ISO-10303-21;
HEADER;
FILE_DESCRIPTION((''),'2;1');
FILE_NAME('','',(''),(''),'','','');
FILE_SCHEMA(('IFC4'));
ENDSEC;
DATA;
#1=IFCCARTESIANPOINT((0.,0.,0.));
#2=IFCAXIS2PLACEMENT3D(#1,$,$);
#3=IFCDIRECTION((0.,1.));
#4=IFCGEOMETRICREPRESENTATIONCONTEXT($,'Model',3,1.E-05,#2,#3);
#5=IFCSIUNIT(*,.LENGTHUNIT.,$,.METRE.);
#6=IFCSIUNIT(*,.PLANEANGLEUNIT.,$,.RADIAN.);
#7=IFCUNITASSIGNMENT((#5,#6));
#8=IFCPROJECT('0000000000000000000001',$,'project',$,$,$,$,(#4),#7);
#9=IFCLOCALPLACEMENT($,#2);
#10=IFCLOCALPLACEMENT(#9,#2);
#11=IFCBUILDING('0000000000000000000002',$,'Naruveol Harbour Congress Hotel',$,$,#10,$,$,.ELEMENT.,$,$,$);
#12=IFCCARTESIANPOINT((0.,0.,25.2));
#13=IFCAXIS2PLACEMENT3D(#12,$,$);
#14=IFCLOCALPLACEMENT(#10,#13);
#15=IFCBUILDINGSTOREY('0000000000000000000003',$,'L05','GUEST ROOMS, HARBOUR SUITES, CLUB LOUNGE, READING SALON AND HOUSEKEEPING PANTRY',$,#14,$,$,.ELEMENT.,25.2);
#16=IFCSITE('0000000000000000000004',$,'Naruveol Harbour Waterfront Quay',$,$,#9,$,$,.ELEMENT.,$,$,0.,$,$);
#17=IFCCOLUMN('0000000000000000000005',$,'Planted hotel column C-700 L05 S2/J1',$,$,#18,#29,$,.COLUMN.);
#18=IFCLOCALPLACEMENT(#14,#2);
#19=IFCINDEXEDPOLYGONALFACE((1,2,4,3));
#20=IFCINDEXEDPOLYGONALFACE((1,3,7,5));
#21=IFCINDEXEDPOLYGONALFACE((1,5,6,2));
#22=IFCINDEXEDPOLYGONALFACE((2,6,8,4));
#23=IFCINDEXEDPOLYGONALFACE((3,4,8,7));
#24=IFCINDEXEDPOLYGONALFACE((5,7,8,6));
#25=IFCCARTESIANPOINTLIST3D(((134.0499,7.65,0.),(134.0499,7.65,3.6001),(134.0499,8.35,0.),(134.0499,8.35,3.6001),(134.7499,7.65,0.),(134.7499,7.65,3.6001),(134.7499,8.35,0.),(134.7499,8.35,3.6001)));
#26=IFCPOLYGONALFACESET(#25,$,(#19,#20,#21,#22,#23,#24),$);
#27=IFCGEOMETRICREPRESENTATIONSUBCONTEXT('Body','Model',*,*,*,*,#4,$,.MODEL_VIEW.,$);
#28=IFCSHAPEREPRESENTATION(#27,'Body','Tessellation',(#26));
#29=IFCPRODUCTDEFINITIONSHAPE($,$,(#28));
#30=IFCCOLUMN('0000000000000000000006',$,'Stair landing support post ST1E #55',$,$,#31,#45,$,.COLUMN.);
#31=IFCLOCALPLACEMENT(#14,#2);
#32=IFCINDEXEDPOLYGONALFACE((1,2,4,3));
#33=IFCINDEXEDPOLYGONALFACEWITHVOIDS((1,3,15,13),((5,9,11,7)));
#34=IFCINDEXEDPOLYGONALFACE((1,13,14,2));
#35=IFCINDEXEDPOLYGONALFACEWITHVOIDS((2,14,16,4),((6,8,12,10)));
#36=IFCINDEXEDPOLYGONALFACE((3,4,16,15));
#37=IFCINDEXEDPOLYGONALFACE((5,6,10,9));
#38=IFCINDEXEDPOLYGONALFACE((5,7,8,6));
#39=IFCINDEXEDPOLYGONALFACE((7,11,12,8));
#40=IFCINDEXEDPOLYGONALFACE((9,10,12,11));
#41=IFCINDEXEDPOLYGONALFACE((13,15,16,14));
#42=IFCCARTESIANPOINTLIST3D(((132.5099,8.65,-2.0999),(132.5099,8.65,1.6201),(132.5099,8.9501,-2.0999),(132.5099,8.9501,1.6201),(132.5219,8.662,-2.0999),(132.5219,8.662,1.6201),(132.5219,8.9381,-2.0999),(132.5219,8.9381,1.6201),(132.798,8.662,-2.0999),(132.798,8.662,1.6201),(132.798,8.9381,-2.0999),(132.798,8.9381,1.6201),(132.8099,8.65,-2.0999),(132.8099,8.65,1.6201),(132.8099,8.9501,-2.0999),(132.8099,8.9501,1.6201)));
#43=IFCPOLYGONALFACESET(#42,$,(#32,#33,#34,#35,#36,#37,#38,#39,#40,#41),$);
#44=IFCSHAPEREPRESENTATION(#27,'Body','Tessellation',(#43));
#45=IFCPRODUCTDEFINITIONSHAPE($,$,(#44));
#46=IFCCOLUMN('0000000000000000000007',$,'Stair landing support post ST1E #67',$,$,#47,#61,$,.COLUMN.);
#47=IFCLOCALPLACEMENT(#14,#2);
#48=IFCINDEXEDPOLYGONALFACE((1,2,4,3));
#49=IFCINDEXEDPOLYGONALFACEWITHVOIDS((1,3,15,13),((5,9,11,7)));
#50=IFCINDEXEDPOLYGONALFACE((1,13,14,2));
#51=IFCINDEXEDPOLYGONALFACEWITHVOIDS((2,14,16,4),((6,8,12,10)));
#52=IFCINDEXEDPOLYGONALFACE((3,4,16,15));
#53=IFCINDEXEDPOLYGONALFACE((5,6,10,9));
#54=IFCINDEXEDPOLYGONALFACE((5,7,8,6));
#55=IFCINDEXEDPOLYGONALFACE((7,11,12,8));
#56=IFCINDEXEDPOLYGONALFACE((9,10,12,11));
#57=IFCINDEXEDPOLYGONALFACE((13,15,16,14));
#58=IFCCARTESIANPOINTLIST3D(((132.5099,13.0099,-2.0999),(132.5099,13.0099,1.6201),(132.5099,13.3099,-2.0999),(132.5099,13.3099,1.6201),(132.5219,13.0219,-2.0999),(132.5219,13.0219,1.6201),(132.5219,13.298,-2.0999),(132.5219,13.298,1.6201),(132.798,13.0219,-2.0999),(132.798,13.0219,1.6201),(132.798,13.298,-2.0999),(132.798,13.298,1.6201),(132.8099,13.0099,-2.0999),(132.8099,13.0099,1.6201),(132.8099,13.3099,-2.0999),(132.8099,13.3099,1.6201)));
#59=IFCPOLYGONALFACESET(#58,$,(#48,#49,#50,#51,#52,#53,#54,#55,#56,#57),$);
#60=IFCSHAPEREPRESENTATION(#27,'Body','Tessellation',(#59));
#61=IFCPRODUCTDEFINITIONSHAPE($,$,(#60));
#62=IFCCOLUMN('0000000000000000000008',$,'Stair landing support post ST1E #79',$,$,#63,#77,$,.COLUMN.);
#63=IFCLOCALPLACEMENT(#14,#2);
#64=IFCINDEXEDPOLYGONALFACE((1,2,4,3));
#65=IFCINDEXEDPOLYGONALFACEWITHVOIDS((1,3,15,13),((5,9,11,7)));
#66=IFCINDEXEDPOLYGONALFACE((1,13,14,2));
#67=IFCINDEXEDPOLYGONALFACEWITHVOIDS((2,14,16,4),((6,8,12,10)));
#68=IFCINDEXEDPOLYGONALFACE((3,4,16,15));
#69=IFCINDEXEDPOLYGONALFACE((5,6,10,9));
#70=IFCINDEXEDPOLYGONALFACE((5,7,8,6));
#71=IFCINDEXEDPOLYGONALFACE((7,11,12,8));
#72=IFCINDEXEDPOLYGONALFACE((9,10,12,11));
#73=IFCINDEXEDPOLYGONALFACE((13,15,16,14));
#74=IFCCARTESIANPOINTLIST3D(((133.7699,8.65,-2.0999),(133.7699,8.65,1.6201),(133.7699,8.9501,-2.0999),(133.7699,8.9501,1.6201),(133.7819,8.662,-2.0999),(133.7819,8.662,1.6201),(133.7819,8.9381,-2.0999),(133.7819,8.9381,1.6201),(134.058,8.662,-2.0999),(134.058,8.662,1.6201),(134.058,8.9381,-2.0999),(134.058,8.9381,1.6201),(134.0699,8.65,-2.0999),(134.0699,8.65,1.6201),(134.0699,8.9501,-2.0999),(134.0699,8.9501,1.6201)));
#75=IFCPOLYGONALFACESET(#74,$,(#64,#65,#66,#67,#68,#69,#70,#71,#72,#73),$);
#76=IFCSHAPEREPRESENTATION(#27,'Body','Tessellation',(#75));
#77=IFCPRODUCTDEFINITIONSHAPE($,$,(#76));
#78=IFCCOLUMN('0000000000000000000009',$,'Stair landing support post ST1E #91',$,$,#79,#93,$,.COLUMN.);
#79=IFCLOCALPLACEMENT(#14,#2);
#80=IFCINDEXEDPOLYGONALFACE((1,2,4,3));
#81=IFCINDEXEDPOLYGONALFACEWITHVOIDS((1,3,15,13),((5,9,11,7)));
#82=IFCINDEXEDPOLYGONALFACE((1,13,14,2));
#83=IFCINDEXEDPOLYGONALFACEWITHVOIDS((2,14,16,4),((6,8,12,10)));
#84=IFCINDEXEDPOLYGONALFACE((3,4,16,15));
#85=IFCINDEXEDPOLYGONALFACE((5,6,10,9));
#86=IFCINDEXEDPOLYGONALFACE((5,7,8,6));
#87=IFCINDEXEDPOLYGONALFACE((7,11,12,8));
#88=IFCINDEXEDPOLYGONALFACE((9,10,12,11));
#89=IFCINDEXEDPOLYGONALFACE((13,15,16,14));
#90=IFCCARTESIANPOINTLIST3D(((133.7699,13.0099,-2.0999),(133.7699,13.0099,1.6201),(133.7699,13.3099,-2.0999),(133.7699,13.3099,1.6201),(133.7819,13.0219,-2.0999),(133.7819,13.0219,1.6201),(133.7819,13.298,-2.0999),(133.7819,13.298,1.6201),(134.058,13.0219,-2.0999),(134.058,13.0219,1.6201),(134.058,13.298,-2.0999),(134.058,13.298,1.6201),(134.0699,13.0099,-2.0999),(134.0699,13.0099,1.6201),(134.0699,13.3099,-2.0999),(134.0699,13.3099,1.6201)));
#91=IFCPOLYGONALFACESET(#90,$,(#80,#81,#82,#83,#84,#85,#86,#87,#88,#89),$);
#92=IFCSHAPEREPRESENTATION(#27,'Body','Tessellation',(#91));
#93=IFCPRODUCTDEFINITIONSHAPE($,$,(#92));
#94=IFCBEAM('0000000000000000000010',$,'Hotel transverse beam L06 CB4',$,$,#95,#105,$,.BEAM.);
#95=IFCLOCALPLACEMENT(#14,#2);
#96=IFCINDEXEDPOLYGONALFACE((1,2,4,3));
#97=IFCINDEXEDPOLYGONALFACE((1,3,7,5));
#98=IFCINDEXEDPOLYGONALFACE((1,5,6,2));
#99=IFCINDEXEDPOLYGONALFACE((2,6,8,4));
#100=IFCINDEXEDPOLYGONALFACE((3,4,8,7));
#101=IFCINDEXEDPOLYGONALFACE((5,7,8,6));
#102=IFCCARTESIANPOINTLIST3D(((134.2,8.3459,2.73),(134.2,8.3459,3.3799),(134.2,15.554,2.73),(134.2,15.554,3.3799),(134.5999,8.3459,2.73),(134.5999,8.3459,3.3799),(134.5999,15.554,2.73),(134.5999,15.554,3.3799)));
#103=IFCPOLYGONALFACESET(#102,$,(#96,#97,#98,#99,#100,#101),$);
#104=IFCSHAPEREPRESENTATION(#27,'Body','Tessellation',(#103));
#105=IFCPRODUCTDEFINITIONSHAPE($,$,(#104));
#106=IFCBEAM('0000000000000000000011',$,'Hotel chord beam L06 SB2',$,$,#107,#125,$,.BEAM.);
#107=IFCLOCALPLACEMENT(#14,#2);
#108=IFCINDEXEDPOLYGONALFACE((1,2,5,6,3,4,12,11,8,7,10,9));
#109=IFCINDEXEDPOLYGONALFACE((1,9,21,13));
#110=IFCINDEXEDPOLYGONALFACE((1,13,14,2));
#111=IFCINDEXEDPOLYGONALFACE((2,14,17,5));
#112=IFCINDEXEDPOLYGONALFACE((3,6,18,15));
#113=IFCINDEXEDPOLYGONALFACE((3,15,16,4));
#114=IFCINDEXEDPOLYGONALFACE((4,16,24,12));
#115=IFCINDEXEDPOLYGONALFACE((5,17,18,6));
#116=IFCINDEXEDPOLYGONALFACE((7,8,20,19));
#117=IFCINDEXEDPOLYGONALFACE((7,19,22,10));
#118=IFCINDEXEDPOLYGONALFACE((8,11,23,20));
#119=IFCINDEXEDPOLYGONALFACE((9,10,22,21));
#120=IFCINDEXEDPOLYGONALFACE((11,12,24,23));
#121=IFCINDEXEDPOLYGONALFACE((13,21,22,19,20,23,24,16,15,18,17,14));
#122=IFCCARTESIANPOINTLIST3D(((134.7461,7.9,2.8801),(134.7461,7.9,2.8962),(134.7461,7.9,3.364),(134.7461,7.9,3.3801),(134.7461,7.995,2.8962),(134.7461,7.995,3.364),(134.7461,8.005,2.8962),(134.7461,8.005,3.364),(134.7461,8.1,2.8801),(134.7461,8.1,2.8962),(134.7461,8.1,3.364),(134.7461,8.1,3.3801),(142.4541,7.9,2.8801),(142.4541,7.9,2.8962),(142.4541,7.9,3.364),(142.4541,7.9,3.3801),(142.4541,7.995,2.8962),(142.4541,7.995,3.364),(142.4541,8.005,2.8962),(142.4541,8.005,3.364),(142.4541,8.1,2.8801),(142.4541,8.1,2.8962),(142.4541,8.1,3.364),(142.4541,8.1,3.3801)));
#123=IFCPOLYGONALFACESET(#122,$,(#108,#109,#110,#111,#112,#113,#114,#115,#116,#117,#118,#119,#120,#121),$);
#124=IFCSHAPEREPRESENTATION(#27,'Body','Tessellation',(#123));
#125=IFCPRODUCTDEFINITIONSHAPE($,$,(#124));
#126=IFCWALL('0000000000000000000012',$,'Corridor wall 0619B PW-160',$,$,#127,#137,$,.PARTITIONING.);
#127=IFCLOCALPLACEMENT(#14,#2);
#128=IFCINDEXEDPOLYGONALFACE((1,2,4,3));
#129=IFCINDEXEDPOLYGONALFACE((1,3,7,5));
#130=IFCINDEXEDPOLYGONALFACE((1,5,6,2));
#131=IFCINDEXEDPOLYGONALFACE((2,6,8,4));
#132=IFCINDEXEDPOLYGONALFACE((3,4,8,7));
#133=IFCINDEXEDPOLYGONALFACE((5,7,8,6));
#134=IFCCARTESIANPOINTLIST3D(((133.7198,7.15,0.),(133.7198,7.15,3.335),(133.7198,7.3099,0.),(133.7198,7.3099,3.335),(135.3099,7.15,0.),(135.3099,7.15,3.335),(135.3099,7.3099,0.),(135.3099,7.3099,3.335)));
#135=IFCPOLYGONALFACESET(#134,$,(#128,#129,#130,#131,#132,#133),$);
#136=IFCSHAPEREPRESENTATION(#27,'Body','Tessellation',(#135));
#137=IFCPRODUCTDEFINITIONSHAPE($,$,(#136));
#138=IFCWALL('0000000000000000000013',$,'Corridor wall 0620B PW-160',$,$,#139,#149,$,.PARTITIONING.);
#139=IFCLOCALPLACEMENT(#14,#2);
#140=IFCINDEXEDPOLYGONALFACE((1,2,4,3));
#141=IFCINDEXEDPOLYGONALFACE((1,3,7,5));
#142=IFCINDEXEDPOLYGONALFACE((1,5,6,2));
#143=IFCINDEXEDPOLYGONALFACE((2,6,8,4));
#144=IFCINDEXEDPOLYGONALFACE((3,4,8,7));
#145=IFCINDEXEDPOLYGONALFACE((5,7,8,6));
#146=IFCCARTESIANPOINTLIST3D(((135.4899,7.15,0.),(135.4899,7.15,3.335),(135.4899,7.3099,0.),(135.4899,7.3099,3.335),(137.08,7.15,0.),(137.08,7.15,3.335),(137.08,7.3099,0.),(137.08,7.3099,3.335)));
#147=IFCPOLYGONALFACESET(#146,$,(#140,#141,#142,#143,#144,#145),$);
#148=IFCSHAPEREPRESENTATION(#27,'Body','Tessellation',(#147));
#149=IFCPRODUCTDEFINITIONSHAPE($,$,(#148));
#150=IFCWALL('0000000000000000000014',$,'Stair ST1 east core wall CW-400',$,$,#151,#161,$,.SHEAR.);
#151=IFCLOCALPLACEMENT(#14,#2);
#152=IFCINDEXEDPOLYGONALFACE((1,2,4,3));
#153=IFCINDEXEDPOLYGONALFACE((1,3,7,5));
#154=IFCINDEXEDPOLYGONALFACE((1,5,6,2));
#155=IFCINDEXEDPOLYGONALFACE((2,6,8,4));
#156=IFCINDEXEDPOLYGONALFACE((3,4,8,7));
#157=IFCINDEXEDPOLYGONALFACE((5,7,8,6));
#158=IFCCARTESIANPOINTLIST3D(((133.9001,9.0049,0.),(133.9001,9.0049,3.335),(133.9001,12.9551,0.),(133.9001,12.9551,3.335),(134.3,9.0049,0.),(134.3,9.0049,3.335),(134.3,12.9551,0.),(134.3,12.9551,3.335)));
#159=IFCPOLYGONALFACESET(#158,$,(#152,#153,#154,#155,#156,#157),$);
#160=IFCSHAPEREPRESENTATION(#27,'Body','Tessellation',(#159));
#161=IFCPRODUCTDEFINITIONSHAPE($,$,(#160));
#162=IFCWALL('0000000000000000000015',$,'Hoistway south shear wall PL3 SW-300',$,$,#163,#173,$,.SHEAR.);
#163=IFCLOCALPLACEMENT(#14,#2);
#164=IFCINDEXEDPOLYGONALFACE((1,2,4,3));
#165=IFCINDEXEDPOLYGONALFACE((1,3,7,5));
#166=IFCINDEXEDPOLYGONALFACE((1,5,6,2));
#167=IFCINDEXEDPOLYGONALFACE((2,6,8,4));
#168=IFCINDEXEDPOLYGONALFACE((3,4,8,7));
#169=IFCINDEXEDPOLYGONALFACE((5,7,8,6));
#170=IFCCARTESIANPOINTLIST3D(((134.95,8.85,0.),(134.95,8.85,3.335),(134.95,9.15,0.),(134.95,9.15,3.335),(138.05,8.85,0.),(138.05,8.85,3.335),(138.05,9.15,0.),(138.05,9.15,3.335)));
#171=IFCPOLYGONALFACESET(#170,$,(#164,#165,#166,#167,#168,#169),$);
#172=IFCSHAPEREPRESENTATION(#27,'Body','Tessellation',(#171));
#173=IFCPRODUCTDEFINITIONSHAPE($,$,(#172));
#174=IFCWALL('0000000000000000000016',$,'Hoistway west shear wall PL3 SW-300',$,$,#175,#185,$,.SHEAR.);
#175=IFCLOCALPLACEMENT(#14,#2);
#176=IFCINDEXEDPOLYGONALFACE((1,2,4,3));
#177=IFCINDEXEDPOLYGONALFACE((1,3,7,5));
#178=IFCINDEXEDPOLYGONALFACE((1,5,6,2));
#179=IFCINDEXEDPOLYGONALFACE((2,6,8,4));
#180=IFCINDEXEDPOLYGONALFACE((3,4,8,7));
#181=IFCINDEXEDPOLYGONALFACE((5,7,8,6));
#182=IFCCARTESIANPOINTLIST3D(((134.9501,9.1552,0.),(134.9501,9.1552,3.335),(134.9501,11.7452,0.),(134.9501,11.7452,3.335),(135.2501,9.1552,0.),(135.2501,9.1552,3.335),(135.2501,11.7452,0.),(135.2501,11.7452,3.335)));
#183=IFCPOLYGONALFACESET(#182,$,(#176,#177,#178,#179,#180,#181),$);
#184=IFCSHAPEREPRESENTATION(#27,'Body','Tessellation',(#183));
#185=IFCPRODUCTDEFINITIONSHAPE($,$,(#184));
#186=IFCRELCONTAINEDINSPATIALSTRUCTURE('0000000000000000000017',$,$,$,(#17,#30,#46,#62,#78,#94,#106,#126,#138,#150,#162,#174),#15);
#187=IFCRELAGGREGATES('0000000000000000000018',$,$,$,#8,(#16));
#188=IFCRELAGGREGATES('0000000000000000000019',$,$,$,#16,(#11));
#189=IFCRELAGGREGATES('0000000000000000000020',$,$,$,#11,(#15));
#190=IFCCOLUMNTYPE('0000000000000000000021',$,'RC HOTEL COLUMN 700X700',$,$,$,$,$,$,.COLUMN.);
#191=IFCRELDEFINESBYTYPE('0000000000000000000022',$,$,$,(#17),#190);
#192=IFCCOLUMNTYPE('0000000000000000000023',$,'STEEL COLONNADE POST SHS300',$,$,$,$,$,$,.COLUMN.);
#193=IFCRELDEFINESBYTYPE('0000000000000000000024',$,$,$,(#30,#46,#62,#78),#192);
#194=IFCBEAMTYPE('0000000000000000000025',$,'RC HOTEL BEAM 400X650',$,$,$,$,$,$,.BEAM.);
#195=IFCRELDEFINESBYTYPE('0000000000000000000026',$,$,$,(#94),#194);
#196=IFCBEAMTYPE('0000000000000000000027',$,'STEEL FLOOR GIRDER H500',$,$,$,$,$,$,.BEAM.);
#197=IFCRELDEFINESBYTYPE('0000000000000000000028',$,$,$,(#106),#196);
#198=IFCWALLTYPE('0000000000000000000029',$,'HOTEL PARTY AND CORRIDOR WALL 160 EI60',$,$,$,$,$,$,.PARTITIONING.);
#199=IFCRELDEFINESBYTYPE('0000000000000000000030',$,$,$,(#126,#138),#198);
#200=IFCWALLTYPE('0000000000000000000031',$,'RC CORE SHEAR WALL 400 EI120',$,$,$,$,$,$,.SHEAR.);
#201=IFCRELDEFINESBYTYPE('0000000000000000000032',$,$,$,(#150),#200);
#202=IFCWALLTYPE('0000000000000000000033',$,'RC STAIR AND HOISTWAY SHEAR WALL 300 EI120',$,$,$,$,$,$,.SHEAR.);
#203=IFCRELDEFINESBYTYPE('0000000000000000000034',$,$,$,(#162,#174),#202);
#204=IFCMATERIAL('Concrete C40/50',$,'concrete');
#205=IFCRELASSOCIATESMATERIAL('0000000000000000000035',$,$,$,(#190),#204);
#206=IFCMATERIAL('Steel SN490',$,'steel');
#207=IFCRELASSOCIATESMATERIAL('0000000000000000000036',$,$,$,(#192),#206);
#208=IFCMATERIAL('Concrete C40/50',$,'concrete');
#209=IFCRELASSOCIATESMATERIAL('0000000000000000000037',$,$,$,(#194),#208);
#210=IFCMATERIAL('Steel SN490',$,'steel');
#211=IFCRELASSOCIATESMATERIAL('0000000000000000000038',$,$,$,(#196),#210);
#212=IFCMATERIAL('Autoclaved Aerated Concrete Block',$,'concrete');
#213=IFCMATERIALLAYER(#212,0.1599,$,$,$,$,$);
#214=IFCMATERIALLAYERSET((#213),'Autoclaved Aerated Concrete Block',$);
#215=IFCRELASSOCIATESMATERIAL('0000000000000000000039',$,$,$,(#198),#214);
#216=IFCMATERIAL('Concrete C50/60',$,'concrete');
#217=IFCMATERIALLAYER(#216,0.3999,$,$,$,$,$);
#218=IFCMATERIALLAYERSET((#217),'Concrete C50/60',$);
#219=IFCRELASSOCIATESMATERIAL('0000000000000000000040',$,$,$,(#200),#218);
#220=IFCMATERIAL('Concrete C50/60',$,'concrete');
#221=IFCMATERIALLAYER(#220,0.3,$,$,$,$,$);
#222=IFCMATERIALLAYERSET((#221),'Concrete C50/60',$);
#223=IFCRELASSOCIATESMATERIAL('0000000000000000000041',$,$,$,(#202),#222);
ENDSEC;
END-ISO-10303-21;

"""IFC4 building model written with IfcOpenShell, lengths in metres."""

from ifc_helpers import new_model, si_unit, direction, frame, frame_2d, origin, origin_2d, place, context, subcontext, project, spatial, rectangle, hollow_rectangle, i_section, extrude, material, layer, layer_set, material_profile, profile_set, type_object, element, save


model = new_model("IFC4")

# Units and contexts
model_context = context("Model", 3, precision=1e-05, world=origin(), true_north=direction((0.0, 1.0)))
body_context = subcontext(model_context, "Body", "Model", "MODEL_VIEW")
ifc_project = project(units=[si_unit("LENGTHUNIT", "METRE"), si_unit("PLANEANGLEUNIT", "RADIAN")], contexts=[model_context])

# Site, building, storey
site_placement = place(None, origin())
site = spatial("IfcSite", under=ifc_project, at=site_placement, Name="Naruveol Harbour Waterfront Quay", CompositionType="ELEMENT", RefElevation=0.0)
building_placement = place(site_placement, origin())
building = spatial("IfcBuilding", under=site, at=building_placement, Name="Naruveol Harbour Congress Hotel", CompositionType="ELEMENT")
storey_placement = place(building_placement, frame((0.0, 0.0, 25.2)))
storey = spatial("IfcBuildingStorey", under=building, at=storey_placement, Name="L05", Description="GUEST ROOMS, HARBOUR SUITES, CLUB LOUNGE, READING SALON AND HOUSEKEEPING PANTRY", CompositionType="ELEMENT", Elevation=25.2)

# Columns
ifc_material_1 = material(Name="Concrete C40/50", Category="concrete")
ifc_material_profile_1 = material_profile(ifc_material_1, rectangle(XDim=0.7, YDim=0.7, at=origin_2d()), Name="RC-700x700")
ifc_profile_set_1 = profile_set([ifc_material_profile_1], Name="Concrete C40/50")
column_type_1 = type_object("IfcColumnType", Name="RC HOTEL COLUMN 700X700", PredefinedType="COLUMN", material=ifc_profile_set_1)
column_placement = place(storey_placement, frame((134.3999, 8.0, 0.0), z_axis=(0.0, 0.0, 1.0), x_axis=(1.0, 0.0, 0.0)))
element("IfcColumn", 1, at=column_placement, inside=storey, type_object=column_type_1, Name="Planted hotel column C-700 L05 S2/J1", PredefinedType="COLUMN", context=body_context, shape_type="SweptSolid", body=[
    extrude(rectangle(XDim=0.7, YDim=0.7, at=origin_2d()), origin(), (0.0, 0.0, 1.0), 3.6001),
])
ifc_material_2 = material(Name="Steel SN490", Category="steel")
ifc_material_profile_2 = material_profile(ifc_material_2, hollow_rectangle(XDim=0.3, YDim=0.3, WallThickness=0.012, at=origin_2d()), Name="SHS-300x300x12")
ifc_profile_set_2 = profile_set([ifc_material_profile_2], Name="Steel SN490")
column_type_2 = type_object("IfcColumnType", Name="STEEL COLONNADE POST SHS300", PredefinedType="COLUMN", material=ifc_profile_set_2)
for number, where, z_axis, x_axis, name in (
    (2, (132.6599, 8.8, -2.0999), (0.0, 0.0, 1.0), (1.0, 0.0, 0.0), "Stair landing support post ST1E #55"),
    (3, (132.6599, 13.1599, -2.0999), (0.0, 0.0, 1.0), (1.0, 0.0, 0.0), "Stair landing support post ST1E #67"),
    (4, (133.9199, 8.8, -2.0999), (0.0, 0.0, 1.0), (1.0, 0.0, 0.0), "Stair landing support post ST1E #79"),
    (5, (133.9199, 13.1599, -2.0999), (0.0, 0.0, 1.0), (1.0, 0.0, 0.0), "Stair landing support post ST1E #91"),
):
    element("IfcColumn", number, at=place(storey_placement, frame(where, z_axis=z_axis, x_axis=x_axis)), inside=storey, type_object=column_type_2, Name=name, PredefinedType="COLUMN", context=body_context, shape_type="SweptSolid", body=[
        extrude(hollow_rectangle(XDim=0.3, YDim=0.3, WallThickness=0.012, at=origin_2d()), origin(), (0.0, 0.0, 1.0), 3.72),
    ])

# Beams
ifc_material_3 = material(Name="Concrete C40/50", Category="concrete")
ifc_material_profile_3 = material_profile(ifc_material_3, rectangle(XDim=0.3999, YDim=0.6499, at=origin_2d()), Name="RCB-400x650")
ifc_profile_set_3 = profile_set([ifc_material_profile_3], Name="Concrete C40/50")
beam_type_1 = type_object("IfcBeamType", Name="RC HOTEL BEAM 400X650", PredefinedType="BEAM", material=ifc_profile_set_3)
beam_1_placement = place(storey_placement, frame((134.3999, 8.3459, 3.0549), z_axis=(0.0, 1.0, 0.0), x_axis=(-1.0, 0.0, 0.0)))
element("IfcBeam", 6, at=beam_1_placement, inside=storey, type_object=beam_type_1, Name="Hotel transverse beam L06 CB4", PredefinedType="BEAM", context=body_context, shape_type="SweptSolid", body=[
    extrude(rectangle(XDim=0.3999, YDim=0.6499, at=origin_2d()), origin(), (0.0, 0.0, 1.0), 7.208),
])
ifc_material_4 = material(Name="Steel SN490", Category="steel")
ifc_material_profile_4 = material_profile(ifc_material_4, i_section(OverallWidth=0.2, OverallDepth=0.5, WebThickness=0.01, FlangeThickness=0.0161, at=origin_2d()), Name="H-500x200x10x16")
ifc_profile_set_4 = profile_set([ifc_material_profile_4], Name="Steel SN490")
beam_type_2 = type_object("IfcBeamType", Name="STEEL FLOOR GIRDER H500", PredefinedType="BEAM", material=ifc_profile_set_4)
beam_2_placement = place(storey_placement, frame((134.7461, 8.0, 3.1301), z_axis=(1.0, 0.0, 0.0), x_axis=(0.0, 1.0, 0.0)))
element("IfcBeam", 7, at=beam_2_placement, inside=storey, type_object=beam_type_2, Name="Hotel chord beam L06 SB2", PredefinedType="BEAM", context=body_context, shape_type="SweptSolid", body=[
    extrude(i_section(OverallWidth=0.2, OverallDepth=0.5, WebThickness=0.01, FlangeThickness=0.0161, at=origin_2d()), origin(), (0.0, 0.0, 1.0), 7.708),
])

# Walls
ifc_material_5 = material(Name="Autoclaved Aerated Concrete Block", Category="concrete")
ifc_layer_1 = layer(ifc_material_5, 0.1599)
ifc_layer_set_1 = layer_set([ifc_layer_1], Name="Autoclaved Aerated Concrete Block")
wall_type_1 = type_object("IfcWallType", Name="HOTEL PARTY AND CORRIDOR WALL 160 EI60", PredefinedType="PARTITIONING", material=ifc_layer_set_1)
for number, where, z_axis, x_axis, name in (
    (8, (133.72, 7.23, 0.0), (0.0, 0.0, 1.0), (1.0, 0.0, 0.0), "Corridor wall 0619B PW-160"),
    (9, (135.49, 7.23, 0.0), (0.0, 0.0, 1.0), (1.0, 0.0, 0.0), "Corridor wall 0620B PW-160"),
):
    element("IfcWall", number, at=place(storey_placement, frame(where, z_axis=z_axis, x_axis=x_axis)), inside=storey, type_object=wall_type_1, Name=name, PredefinedType="PARTITIONING", context=body_context, shape_type="SweptSolid", body=[
        extrude(rectangle(XDim=1.5901, YDim=0.1599, at=frame_2d((0.7949, 0.0))), origin(), (0.0, 0.0, 1.0), 3.335),
    ])
ifc_material_6 = material(Name="Concrete C50/60", Category="concrete")
ifc_layer_2 = layer(ifc_material_6, 0.3999)
ifc_layer_set_2 = layer_set([ifc_layer_2], Name="Concrete C50/60")
wall_type_2 = type_object("IfcWallType", Name="RC CORE SHEAR WALL 400 EI120", PredefinedType="SHEAR", material=ifc_layer_set_2)
wall_1_placement = place(storey_placement, frame((134.1001, 9.0049, 0.0), z_axis=(0.0, 0.0, 1.0), x_axis=(0.0, 1.0, 0.0)))
element("IfcWall", 10, at=wall_1_placement, inside=storey, type_object=wall_type_2, Name="Stair ST1 east core wall CW-400", PredefinedType="SHEAR", context=body_context, shape_type="SweptSolid", body=[
    extrude(rectangle(XDim=3.9502, YDim=0.3999, at=frame_2d((1.9751, 0.0))), origin(), (0.0, 0.0, 1.0), 3.335),
])
ifc_material_7 = material(Name="Concrete C50/60", Category="concrete")
ifc_layer_3 = layer(ifc_material_7, 0.3)
ifc_layer_set_3 = layer_set([ifc_layer_3], Name="Concrete C50/60")
wall_type_3 = type_object("IfcWallType", Name="RC STAIR AND HOISTWAY SHEAR WALL 300 EI120", PredefinedType="SHEAR", material=ifc_layer_set_3)
wall_2_placement = place(storey_placement, frame((134.95, 9.0, 0.0), z_axis=(0.0, 0.0, 1.0), x_axis=(1.0, 0.0, 0.0)))
element("IfcWall", 11, at=wall_2_placement, inside=storey, type_object=wall_type_3, Name="Hoistway south shear wall PL3 SW-300", PredefinedType="SHEAR", context=body_context, shape_type="SweptSolid", body=[
    extrude(rectangle(XDim=3.1001, YDim=0.3, at=frame_2d((1.55, 0.0))), origin(), (0.0, 0.0, 1.0), 3.335),
])
wall_3_placement = place(storey_placement, frame((135.1001, 11.7451, 0.0), z_axis=(0.0, 0.0, 1.0), x_axis=(0.0, -1.0, 0.0)))
element("IfcWall", 12, at=wall_3_placement, inside=storey, type_object=wall_type_3, Name="Hoistway west shear wall PL3 SW-300", PredefinedType="SHEAR", context=body_context, shape_type="SweptSolid", body=[
    extrude(rectangle(XDim=2.5901, YDim=0.3, at=frame_2d((1.2949, 0.0))), origin(), (0.0, 0.0, 1.0), 3.335),
])

save(model, "model.ifc")
